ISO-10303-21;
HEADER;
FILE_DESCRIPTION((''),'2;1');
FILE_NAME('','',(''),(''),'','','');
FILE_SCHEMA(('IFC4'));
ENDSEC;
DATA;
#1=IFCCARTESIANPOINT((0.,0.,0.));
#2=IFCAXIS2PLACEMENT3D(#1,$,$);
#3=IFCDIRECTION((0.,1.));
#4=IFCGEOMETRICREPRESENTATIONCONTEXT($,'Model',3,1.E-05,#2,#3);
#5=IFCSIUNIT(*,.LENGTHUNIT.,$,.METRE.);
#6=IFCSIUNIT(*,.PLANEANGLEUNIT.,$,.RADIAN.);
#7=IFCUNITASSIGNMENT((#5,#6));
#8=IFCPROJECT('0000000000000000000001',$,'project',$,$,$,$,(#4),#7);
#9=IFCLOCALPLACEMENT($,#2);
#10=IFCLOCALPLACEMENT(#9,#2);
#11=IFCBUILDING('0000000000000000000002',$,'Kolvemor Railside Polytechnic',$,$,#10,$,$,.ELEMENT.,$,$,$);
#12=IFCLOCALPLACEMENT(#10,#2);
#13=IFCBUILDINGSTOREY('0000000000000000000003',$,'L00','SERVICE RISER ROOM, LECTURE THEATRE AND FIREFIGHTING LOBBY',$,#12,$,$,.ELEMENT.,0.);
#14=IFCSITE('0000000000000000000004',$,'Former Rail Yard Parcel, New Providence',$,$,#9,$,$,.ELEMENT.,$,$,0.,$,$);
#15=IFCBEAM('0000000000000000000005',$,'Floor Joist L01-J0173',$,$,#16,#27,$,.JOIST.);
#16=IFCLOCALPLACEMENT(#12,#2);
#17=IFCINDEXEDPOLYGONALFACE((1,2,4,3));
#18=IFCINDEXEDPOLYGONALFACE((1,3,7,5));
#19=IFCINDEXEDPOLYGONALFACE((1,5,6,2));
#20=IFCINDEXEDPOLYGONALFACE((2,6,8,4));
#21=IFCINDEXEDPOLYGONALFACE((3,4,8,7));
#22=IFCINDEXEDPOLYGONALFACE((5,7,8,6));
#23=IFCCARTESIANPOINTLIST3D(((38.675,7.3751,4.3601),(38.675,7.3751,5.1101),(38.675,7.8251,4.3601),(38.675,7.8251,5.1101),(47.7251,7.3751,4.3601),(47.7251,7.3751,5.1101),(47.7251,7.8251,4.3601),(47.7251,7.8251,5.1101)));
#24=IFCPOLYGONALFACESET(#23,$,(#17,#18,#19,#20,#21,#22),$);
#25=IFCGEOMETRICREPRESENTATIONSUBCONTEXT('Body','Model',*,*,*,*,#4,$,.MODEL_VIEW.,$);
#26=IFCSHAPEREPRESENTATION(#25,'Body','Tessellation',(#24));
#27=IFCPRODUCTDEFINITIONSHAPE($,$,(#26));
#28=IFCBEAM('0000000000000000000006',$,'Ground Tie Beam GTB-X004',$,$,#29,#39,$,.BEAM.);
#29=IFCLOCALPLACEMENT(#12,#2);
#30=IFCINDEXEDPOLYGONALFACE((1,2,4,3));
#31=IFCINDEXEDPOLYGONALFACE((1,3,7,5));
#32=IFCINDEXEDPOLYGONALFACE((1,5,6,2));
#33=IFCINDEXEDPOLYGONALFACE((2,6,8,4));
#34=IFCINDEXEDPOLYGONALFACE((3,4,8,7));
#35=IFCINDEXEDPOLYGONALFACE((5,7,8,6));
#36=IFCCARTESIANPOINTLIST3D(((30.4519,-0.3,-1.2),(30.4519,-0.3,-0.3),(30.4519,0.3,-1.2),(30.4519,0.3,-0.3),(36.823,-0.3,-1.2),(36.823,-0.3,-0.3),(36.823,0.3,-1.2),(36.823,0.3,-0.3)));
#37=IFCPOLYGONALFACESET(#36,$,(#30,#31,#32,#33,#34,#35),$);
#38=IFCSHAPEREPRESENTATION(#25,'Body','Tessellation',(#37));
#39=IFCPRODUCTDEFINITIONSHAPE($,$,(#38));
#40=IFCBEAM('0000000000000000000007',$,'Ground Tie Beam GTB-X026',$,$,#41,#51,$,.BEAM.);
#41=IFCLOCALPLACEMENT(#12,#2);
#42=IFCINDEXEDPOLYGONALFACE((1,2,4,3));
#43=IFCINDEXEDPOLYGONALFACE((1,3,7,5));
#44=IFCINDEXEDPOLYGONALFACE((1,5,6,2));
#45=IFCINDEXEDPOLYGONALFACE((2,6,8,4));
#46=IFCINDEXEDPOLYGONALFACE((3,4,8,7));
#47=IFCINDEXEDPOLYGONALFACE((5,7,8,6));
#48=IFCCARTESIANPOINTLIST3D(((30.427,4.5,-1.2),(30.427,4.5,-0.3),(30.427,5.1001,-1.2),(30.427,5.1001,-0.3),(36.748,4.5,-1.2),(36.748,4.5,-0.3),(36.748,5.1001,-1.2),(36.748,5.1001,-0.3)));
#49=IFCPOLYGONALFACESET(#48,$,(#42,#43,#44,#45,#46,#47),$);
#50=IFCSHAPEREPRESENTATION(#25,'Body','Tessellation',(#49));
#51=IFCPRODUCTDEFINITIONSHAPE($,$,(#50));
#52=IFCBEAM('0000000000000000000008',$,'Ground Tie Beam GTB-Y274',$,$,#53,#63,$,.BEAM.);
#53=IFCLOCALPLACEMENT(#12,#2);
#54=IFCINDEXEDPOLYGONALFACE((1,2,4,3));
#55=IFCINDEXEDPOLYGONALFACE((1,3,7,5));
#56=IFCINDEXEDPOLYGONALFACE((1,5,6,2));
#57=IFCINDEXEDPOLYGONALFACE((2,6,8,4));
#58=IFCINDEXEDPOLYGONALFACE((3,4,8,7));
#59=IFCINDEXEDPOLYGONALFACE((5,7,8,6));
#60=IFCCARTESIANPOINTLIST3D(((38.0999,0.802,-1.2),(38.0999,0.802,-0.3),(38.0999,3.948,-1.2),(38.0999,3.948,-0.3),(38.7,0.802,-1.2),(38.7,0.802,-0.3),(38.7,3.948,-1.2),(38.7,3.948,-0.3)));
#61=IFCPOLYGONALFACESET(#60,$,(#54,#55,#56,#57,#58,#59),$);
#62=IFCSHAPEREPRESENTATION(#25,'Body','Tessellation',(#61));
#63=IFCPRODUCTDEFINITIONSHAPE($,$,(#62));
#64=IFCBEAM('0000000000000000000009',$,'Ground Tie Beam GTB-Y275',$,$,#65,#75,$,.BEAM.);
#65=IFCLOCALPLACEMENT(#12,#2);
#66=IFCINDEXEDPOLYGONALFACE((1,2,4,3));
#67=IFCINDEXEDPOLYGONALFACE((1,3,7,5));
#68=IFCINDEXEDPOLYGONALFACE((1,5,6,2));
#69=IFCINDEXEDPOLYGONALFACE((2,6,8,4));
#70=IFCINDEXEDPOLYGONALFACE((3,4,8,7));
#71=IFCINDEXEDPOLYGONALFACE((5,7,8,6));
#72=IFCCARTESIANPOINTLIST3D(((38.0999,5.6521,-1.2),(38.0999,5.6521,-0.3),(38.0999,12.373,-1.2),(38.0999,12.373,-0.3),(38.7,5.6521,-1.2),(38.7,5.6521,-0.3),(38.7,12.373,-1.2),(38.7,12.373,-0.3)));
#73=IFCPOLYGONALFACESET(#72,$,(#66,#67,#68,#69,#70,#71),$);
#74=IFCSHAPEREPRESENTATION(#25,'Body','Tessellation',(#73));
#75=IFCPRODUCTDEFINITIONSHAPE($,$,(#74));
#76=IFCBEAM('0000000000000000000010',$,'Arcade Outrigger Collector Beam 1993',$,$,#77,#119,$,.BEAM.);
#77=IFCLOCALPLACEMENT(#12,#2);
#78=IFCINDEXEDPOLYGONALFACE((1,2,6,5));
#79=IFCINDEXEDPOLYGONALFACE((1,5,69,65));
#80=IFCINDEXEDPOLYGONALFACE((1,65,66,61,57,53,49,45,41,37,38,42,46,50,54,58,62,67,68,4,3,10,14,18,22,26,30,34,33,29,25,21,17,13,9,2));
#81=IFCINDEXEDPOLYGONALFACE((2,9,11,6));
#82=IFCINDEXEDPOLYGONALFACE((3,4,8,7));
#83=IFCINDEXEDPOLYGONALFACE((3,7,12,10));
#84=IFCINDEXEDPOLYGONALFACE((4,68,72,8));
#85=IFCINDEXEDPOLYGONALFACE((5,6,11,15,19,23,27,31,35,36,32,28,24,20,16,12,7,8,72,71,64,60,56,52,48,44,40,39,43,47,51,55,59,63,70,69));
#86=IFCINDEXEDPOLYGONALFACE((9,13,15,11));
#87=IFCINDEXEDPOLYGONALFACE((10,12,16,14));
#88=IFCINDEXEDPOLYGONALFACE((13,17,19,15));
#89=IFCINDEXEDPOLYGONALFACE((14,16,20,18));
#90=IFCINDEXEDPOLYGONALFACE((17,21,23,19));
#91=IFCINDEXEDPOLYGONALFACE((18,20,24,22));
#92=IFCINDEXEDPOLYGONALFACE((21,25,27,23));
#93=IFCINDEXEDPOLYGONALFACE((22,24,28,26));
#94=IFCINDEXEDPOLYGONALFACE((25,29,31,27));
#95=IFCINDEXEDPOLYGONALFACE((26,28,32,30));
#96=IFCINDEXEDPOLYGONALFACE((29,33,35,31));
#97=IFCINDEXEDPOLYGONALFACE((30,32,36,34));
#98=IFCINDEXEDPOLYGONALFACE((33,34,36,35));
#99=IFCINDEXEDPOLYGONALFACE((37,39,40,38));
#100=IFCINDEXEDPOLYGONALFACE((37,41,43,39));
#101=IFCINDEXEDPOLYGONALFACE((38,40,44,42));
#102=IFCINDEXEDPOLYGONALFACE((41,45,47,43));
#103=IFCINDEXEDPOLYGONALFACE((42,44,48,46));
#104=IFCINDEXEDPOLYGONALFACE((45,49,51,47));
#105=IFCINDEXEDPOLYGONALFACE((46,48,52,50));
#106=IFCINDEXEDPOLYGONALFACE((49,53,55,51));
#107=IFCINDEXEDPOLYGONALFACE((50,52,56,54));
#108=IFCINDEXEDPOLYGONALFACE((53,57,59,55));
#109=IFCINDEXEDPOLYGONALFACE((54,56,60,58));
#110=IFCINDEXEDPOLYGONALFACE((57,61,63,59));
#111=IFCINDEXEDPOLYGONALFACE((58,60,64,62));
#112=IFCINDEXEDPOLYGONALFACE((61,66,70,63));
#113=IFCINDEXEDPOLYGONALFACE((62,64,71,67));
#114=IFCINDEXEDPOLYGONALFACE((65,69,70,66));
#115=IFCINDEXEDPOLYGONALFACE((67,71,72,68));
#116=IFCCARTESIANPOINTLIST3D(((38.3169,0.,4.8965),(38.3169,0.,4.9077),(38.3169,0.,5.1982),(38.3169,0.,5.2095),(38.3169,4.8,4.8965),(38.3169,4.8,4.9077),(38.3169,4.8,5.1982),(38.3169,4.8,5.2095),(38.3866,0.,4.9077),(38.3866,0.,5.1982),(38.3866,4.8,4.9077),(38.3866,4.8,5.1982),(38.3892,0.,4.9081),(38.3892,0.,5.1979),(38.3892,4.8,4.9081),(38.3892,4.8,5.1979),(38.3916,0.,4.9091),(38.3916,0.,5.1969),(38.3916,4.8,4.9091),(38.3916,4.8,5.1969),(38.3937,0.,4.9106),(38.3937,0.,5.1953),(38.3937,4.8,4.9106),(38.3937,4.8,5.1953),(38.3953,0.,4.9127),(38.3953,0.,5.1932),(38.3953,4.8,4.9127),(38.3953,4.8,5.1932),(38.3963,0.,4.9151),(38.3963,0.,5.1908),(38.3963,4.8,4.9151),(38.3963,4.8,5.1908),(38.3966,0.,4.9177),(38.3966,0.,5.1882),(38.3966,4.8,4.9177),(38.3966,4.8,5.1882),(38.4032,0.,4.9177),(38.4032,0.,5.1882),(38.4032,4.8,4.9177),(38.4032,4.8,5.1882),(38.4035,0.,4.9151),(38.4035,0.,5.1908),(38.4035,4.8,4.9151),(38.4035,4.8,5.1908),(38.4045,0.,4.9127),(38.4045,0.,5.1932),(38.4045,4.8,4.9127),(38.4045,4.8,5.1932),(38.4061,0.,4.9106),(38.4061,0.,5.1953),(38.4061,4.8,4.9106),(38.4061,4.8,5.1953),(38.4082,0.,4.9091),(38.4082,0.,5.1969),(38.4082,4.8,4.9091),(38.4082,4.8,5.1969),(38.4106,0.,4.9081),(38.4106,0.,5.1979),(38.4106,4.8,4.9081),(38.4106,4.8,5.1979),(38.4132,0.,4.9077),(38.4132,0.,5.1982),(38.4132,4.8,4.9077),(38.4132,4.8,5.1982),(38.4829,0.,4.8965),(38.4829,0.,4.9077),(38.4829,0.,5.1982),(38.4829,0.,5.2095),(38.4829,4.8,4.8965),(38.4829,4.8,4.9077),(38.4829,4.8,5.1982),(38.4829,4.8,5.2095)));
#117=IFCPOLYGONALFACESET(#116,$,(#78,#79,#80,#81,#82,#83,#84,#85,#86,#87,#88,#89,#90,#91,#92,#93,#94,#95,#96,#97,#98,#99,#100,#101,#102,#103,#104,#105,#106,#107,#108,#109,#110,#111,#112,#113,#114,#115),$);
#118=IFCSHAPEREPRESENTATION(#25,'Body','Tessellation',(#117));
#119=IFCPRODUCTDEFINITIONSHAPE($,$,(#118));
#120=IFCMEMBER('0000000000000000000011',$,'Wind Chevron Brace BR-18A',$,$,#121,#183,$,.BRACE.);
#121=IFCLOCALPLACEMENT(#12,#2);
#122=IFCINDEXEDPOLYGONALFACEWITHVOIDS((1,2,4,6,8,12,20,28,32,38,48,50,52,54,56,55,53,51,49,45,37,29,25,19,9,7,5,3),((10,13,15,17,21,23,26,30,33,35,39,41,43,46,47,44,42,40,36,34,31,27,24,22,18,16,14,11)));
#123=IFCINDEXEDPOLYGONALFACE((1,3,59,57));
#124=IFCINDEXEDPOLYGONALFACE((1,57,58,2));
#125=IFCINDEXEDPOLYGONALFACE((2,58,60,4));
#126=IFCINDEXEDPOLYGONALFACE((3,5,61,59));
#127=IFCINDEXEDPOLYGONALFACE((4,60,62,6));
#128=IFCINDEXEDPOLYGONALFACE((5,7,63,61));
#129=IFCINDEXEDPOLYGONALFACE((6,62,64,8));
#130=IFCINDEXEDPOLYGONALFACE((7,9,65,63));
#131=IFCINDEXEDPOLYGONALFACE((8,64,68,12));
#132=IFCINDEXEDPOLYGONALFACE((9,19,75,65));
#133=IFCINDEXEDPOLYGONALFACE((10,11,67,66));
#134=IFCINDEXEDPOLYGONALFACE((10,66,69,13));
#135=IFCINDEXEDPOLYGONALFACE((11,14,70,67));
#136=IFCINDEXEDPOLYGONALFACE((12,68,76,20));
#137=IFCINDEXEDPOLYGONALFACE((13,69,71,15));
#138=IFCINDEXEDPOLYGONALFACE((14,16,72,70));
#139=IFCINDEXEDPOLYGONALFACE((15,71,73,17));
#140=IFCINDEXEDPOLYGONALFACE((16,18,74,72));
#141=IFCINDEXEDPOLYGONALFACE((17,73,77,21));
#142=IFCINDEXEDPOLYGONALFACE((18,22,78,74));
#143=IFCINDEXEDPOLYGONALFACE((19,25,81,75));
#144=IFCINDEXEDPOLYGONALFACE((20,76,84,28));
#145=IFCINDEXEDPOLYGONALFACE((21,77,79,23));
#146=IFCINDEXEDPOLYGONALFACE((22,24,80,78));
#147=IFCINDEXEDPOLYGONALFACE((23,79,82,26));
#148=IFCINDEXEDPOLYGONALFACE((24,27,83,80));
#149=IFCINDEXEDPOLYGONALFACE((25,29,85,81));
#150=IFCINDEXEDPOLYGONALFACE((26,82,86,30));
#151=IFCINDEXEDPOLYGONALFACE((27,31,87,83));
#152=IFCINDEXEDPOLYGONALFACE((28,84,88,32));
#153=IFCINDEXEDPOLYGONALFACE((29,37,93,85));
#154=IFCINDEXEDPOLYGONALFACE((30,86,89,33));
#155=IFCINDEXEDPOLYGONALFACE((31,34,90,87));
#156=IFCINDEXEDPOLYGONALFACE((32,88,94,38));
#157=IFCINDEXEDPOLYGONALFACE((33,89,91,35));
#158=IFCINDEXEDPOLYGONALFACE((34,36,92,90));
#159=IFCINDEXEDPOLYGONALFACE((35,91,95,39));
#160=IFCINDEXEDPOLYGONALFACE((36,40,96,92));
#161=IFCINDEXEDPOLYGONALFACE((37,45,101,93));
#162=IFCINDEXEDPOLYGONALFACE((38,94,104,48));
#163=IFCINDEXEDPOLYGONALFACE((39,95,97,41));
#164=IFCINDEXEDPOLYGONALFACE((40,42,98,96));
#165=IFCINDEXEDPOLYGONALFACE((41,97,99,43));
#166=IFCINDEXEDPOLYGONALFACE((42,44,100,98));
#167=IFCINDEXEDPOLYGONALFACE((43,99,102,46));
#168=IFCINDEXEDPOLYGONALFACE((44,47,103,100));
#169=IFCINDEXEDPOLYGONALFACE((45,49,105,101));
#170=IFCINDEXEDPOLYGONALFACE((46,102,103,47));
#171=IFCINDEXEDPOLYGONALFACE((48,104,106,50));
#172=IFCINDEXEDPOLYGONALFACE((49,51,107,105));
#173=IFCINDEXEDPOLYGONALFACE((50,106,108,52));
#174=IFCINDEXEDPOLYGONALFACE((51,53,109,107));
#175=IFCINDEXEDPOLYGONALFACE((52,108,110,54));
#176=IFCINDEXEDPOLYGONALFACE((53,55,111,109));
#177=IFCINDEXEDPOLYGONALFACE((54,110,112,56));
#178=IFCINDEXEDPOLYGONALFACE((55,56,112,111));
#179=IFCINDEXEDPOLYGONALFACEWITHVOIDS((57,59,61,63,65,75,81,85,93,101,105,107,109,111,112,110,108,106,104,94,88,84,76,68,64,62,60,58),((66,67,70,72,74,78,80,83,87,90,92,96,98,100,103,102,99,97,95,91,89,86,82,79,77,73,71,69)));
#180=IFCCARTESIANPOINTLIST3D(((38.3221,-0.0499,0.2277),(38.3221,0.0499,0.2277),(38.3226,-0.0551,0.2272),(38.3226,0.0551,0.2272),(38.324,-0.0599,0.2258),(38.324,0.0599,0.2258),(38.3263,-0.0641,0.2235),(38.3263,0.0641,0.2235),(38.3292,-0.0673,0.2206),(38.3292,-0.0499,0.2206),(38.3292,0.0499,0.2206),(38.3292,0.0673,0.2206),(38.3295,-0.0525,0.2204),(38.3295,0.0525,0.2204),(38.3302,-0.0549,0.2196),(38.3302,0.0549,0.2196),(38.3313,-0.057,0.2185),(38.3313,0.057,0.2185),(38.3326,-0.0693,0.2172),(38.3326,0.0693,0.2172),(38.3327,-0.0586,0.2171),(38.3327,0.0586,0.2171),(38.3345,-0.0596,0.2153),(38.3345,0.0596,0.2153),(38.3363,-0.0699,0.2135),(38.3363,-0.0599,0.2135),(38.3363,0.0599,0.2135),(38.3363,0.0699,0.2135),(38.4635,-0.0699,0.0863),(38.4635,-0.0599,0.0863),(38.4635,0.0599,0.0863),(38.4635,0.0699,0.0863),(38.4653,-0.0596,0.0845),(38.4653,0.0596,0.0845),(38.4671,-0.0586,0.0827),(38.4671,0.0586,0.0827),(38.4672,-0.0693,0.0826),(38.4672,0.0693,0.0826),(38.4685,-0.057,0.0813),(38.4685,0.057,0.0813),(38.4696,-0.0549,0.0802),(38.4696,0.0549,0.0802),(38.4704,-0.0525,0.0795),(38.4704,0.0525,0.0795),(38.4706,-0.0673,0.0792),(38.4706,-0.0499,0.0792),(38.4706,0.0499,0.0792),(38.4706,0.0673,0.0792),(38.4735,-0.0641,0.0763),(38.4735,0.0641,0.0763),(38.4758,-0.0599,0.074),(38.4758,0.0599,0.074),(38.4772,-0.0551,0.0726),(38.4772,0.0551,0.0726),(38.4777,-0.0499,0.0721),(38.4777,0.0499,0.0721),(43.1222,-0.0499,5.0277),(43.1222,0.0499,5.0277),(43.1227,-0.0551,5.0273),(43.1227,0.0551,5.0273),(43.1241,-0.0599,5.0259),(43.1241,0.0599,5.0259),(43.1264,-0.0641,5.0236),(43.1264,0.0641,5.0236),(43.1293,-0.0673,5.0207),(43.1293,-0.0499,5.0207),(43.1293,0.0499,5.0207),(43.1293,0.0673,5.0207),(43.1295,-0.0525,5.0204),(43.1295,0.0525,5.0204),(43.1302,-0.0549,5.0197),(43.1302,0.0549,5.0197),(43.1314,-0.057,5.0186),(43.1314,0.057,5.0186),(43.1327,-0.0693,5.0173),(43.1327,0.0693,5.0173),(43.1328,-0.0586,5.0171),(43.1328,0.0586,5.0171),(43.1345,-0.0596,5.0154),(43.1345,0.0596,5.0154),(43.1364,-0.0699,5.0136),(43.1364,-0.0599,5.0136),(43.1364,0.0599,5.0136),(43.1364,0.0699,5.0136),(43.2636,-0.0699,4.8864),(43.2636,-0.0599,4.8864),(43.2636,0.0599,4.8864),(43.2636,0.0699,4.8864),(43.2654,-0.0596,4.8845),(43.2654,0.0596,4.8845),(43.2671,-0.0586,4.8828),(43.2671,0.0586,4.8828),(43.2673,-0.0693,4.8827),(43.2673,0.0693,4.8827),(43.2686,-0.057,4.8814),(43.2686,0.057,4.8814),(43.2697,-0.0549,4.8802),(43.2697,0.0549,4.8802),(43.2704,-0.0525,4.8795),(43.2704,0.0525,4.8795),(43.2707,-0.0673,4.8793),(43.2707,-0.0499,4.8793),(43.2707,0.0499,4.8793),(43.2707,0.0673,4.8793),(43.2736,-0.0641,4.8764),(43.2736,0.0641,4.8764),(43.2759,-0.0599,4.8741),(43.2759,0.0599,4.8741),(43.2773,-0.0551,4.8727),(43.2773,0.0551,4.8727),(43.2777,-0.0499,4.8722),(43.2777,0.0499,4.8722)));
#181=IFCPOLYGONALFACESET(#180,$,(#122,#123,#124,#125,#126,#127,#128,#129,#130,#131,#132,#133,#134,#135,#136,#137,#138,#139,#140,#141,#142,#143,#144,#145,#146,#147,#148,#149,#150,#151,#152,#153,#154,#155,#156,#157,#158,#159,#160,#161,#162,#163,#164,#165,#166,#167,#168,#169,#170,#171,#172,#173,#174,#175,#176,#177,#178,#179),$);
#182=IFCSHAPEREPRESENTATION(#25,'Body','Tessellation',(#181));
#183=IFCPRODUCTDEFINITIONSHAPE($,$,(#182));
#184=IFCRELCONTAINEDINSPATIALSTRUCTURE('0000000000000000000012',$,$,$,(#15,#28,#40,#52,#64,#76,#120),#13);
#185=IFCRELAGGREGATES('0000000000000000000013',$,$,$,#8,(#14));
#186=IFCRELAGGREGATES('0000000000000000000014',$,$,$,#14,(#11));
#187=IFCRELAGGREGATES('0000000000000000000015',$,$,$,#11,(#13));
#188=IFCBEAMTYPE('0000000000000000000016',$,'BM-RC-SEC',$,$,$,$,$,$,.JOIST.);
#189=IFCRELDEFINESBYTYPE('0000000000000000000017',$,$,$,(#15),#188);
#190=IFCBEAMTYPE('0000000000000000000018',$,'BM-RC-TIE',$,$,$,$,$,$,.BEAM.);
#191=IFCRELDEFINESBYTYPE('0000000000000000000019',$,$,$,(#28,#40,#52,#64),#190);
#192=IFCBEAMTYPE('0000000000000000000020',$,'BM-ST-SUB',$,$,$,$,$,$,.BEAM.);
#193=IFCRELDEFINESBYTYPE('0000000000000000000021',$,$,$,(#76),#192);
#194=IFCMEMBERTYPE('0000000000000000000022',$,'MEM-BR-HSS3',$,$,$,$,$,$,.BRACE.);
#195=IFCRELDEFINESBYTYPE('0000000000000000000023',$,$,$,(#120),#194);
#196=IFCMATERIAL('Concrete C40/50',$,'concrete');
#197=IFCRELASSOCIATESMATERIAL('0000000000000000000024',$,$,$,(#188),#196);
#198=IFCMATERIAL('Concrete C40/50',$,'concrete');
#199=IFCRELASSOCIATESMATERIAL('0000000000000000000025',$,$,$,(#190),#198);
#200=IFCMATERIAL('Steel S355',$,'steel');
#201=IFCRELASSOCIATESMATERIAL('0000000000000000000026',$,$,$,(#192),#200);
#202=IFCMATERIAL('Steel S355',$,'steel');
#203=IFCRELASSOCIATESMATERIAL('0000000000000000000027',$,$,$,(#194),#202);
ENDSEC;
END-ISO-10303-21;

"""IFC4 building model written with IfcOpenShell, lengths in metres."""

from ifc_helpers import new_model, si_unit, direction, frame, origin, origin_2d, place, context, subcontext, project, spatial, rectangle, hollow_rectangle, i_section, extrude, material, material_profile, profile_set, type_object, element, save


model = new_model("IFC4")

# Units and contexts
model_context = context("Model", 3, precision=1e-05, world=origin(), true_north=direction((0.0, 1.0)))
body_context = subcontext(model_context, "Body", "Model", "MODEL_VIEW")
ifc_project = project(units=[si_unit("LENGTHUNIT", "METRE"), si_unit("PLANEANGLEUNIT", "RADIAN")], contexts=[model_context])

# Site, building, storey
site_placement = place(None, origin())
site = spatial("IfcSite", under=ifc_project, at=site_placement, Name="Former Rail Yard Parcel, New Providence", CompositionType="ELEMENT", RefElevation=0.0)
building_placement = place(site_placement, origin())
building = spatial("IfcBuilding", under=site, at=building_placement, Name="Kolvemor Railside Polytechnic", CompositionType="ELEMENT")
storey_placement = place(building_placement, origin())
storey = spatial("IfcBuildingStorey", under=building, at=storey_placement, Name="L00", Description="SERVICE RISER ROOM, LECTURE THEATRE AND FIREFIGHTING LOBBY", CompositionType="ELEMENT", Elevation=0.0)

# Beams
ifc_material_1 = material(Name="Concrete C40/50", Category="concrete")
ifc_material_profile_1 = material_profile(ifc_material_1, rectangle(XDim=0.45, YDim=0.75, at=origin_2d()), Name="RC450x750")
ifc_profile_set_1 = profile_set([ifc_material_profile_1], Name="Concrete C40/50")
beam_type_1 = type_object("IfcBeamType", Name="BM-RC-SEC", PredefinedType="JOIST", material=ifc_profile_set_1)
beam_1_placement = place(storey_placement, frame((38.675, 7.6001, 4.7351), z_axis=(1.0, 0.0, 0.0), x_axis=(0.0, 1.0, 0.0)))
element("IfcBeam", 1, at=beam_1_placement, inside=storey, type_object=beam_type_1, Name="Floor Joist L01-J0173", PredefinedType="JOIST", context=body_context, shape_type="SweptSolid", body=[
    extrude(rectangle(XDim=0.45, YDim=0.75, at=origin_2d()), origin(), (0.0, 0.0, 1.0), 9.05),
])
ifc_material_2 = material(Name="Concrete C40/50", Category="concrete")
ifc_material_profile_2 = material_profile(ifc_material_2, rectangle(XDim=0.6001, YDim=0.8999, at=origin_2d()), Name="RC600x900")
ifc_profile_set_2 = profile_set([ifc_material_profile_2], Name="Concrete C40/50")
beam_type_2 = type_object("IfcBeamType", Name="BM-RC-TIE", PredefinedType="BEAM", material=ifc_profile_set_2)
beam_2_placement = place(storey_placement, frame((30.4519, 0.0, -0.75), z_axis=(1.0, 0.0, 0.0), x_axis=(0.0, 1.0, 0.0)))
element("IfcBeam", 2, at=beam_2_placement, inside=storey, type_object=beam_type_2, Name="Ground Tie Beam GTB-X004", PredefinedType="BEAM", context=body_context, shape_type="SweptSolid", body=[
    extrude(rectangle(XDim=0.6001, YDim=0.8999, at=origin_2d()), origin(), (0.0, 0.0, 1.0), 6.3711),
])
beam_3_placement = place(storey_placement, frame((30.427, 4.8, -0.75), z_axis=(1.0, 0.0, 0.0), x_axis=(0.0, 1.0, 0.0)))
element("IfcBeam", 3, at=beam_3_placement, inside=storey, type_object=beam_type_2, Name="Ground Tie Beam GTB-X026", PredefinedType="BEAM", context=body_context, shape_type="SweptSolid", body=[
    extrude(rectangle(XDim=0.6001, YDim=0.8999, at=origin_2d()), origin(), (0.0, 0.0, 1.0), 6.321),
])
beam_4_placement = place(storey_placement, frame((38.3999, 0.802, -0.75), z_axis=(0.0, 1.0, 0.0), x_axis=(-1.0, 0.0, 0.0)))
element("IfcBeam", 4, at=beam_4_placement, inside=storey, type_object=beam_type_2, Name="Ground Tie Beam GTB-Y274", PredefinedType="BEAM", context=body_context, shape_type="SweptSolid", body=[
    extrude(rectangle(XDim=0.6001, YDim=0.8999, at=origin_2d()), origin(), (0.0, 0.0, 1.0), 3.146),
])
beam_5_placement = place(storey_placement, frame((38.3999, 5.6521, -0.75), z_axis=(0.0, 1.0, 0.0), x_axis=(-1.0, 0.0, 0.0)))
element("IfcBeam", 5, at=beam_5_placement, inside=storey, type_object=beam_type_2, Name="Ground Tie Beam GTB-Y275", PredefinedType="BEAM", context=body_context, shape_type="SweptSolid", body=[
    extrude(rectangle(XDim=0.6001, YDim=0.8999, at=origin_2d()), origin(), (0.0, 0.0, 1.0), 6.7209),
])
ifc_material_3 = material(Name="Steel S355", Category="steel")
ifc_material_profile_3 = material_profile(ifc_material_3, i_section(OverallWidth=0.166, OverallDepth=0.313, WebThickness=0.0066, FlangeThickness=0.0112, FilletRadius=0.01, at=origin_2d()), Name="W310x45")
ifc_profile_set_3 = profile_set([ifc_material_profile_3], Name="Steel S355")
beam_type_3 = type_object("IfcBeamType", Name="BM-ST-SUB", PredefinedType="BEAM", material=ifc_profile_set_3)
beam_6_placement = place(storey_placement, frame((38.3999, 0.0, 5.053), z_axis=(0.0, 1.0, 0.0), x_axis=(-1.0, 0.0, 0.0)))
element("IfcBeam", 6, at=beam_6_placement, inside=storey, type_object=beam_type_3, Name="Arcade Outrigger Collector Beam 1993", PredefinedType="BEAM", context=body_context, shape_type="SweptSolid", body=[
    extrude(i_section(OverallWidth=0.166, OverallDepth=0.313, WebThickness=0.0066, FlangeThickness=0.0112, FilletRadius=0.01, at=origin_2d()), origin(), (0.0, 0.0, 1.0), 4.8),
])

# Member
ifc_material_4 = material(Name="Steel S355", Category="steel")
ifc_material_profile_4 = material_profile(ifc_material_4, hollow_rectangle(XDim=0.1399, YDim=0.22, WallThickness=0.01, InnerFilletRadius=0.01, OuterFilletRadius=0.02, at=origin_2d()), Name="HSS220x140x10")
ifc_profile_set_4 = profile_set([ifc_material_profile_4], Name="Steel S355")
member_type = type_object("IfcMemberType", Name="MEM-BR-HSS3", PredefinedType="BRACE", material=ifc_profile_set_4)
member_placement = place(storey_placement, frame((38.3999, 0.0, 0.1499), z_axis=(0.707107, 0.0, 0.707107), x_axis=(0.0, 1.0, 0.0)))
element("IfcMember", 7, at=member_placement, inside=storey, type_object=member_type, Name="Wind Chevron Brace BR-18A", PredefinedType="BRACE", context=body_context, shape_type="SweptSolid", body=[
    extrude(hollow_rectangle(XDim=0.1399, YDim=0.22, WallThickness=0.01, InnerFilletRadius=0.01, OuterFilletRadius=0.02, at=origin_2d()), origin(), (0.0, 0.0, 1.0), 6.7883),
])

save(model, "model.ifc")
